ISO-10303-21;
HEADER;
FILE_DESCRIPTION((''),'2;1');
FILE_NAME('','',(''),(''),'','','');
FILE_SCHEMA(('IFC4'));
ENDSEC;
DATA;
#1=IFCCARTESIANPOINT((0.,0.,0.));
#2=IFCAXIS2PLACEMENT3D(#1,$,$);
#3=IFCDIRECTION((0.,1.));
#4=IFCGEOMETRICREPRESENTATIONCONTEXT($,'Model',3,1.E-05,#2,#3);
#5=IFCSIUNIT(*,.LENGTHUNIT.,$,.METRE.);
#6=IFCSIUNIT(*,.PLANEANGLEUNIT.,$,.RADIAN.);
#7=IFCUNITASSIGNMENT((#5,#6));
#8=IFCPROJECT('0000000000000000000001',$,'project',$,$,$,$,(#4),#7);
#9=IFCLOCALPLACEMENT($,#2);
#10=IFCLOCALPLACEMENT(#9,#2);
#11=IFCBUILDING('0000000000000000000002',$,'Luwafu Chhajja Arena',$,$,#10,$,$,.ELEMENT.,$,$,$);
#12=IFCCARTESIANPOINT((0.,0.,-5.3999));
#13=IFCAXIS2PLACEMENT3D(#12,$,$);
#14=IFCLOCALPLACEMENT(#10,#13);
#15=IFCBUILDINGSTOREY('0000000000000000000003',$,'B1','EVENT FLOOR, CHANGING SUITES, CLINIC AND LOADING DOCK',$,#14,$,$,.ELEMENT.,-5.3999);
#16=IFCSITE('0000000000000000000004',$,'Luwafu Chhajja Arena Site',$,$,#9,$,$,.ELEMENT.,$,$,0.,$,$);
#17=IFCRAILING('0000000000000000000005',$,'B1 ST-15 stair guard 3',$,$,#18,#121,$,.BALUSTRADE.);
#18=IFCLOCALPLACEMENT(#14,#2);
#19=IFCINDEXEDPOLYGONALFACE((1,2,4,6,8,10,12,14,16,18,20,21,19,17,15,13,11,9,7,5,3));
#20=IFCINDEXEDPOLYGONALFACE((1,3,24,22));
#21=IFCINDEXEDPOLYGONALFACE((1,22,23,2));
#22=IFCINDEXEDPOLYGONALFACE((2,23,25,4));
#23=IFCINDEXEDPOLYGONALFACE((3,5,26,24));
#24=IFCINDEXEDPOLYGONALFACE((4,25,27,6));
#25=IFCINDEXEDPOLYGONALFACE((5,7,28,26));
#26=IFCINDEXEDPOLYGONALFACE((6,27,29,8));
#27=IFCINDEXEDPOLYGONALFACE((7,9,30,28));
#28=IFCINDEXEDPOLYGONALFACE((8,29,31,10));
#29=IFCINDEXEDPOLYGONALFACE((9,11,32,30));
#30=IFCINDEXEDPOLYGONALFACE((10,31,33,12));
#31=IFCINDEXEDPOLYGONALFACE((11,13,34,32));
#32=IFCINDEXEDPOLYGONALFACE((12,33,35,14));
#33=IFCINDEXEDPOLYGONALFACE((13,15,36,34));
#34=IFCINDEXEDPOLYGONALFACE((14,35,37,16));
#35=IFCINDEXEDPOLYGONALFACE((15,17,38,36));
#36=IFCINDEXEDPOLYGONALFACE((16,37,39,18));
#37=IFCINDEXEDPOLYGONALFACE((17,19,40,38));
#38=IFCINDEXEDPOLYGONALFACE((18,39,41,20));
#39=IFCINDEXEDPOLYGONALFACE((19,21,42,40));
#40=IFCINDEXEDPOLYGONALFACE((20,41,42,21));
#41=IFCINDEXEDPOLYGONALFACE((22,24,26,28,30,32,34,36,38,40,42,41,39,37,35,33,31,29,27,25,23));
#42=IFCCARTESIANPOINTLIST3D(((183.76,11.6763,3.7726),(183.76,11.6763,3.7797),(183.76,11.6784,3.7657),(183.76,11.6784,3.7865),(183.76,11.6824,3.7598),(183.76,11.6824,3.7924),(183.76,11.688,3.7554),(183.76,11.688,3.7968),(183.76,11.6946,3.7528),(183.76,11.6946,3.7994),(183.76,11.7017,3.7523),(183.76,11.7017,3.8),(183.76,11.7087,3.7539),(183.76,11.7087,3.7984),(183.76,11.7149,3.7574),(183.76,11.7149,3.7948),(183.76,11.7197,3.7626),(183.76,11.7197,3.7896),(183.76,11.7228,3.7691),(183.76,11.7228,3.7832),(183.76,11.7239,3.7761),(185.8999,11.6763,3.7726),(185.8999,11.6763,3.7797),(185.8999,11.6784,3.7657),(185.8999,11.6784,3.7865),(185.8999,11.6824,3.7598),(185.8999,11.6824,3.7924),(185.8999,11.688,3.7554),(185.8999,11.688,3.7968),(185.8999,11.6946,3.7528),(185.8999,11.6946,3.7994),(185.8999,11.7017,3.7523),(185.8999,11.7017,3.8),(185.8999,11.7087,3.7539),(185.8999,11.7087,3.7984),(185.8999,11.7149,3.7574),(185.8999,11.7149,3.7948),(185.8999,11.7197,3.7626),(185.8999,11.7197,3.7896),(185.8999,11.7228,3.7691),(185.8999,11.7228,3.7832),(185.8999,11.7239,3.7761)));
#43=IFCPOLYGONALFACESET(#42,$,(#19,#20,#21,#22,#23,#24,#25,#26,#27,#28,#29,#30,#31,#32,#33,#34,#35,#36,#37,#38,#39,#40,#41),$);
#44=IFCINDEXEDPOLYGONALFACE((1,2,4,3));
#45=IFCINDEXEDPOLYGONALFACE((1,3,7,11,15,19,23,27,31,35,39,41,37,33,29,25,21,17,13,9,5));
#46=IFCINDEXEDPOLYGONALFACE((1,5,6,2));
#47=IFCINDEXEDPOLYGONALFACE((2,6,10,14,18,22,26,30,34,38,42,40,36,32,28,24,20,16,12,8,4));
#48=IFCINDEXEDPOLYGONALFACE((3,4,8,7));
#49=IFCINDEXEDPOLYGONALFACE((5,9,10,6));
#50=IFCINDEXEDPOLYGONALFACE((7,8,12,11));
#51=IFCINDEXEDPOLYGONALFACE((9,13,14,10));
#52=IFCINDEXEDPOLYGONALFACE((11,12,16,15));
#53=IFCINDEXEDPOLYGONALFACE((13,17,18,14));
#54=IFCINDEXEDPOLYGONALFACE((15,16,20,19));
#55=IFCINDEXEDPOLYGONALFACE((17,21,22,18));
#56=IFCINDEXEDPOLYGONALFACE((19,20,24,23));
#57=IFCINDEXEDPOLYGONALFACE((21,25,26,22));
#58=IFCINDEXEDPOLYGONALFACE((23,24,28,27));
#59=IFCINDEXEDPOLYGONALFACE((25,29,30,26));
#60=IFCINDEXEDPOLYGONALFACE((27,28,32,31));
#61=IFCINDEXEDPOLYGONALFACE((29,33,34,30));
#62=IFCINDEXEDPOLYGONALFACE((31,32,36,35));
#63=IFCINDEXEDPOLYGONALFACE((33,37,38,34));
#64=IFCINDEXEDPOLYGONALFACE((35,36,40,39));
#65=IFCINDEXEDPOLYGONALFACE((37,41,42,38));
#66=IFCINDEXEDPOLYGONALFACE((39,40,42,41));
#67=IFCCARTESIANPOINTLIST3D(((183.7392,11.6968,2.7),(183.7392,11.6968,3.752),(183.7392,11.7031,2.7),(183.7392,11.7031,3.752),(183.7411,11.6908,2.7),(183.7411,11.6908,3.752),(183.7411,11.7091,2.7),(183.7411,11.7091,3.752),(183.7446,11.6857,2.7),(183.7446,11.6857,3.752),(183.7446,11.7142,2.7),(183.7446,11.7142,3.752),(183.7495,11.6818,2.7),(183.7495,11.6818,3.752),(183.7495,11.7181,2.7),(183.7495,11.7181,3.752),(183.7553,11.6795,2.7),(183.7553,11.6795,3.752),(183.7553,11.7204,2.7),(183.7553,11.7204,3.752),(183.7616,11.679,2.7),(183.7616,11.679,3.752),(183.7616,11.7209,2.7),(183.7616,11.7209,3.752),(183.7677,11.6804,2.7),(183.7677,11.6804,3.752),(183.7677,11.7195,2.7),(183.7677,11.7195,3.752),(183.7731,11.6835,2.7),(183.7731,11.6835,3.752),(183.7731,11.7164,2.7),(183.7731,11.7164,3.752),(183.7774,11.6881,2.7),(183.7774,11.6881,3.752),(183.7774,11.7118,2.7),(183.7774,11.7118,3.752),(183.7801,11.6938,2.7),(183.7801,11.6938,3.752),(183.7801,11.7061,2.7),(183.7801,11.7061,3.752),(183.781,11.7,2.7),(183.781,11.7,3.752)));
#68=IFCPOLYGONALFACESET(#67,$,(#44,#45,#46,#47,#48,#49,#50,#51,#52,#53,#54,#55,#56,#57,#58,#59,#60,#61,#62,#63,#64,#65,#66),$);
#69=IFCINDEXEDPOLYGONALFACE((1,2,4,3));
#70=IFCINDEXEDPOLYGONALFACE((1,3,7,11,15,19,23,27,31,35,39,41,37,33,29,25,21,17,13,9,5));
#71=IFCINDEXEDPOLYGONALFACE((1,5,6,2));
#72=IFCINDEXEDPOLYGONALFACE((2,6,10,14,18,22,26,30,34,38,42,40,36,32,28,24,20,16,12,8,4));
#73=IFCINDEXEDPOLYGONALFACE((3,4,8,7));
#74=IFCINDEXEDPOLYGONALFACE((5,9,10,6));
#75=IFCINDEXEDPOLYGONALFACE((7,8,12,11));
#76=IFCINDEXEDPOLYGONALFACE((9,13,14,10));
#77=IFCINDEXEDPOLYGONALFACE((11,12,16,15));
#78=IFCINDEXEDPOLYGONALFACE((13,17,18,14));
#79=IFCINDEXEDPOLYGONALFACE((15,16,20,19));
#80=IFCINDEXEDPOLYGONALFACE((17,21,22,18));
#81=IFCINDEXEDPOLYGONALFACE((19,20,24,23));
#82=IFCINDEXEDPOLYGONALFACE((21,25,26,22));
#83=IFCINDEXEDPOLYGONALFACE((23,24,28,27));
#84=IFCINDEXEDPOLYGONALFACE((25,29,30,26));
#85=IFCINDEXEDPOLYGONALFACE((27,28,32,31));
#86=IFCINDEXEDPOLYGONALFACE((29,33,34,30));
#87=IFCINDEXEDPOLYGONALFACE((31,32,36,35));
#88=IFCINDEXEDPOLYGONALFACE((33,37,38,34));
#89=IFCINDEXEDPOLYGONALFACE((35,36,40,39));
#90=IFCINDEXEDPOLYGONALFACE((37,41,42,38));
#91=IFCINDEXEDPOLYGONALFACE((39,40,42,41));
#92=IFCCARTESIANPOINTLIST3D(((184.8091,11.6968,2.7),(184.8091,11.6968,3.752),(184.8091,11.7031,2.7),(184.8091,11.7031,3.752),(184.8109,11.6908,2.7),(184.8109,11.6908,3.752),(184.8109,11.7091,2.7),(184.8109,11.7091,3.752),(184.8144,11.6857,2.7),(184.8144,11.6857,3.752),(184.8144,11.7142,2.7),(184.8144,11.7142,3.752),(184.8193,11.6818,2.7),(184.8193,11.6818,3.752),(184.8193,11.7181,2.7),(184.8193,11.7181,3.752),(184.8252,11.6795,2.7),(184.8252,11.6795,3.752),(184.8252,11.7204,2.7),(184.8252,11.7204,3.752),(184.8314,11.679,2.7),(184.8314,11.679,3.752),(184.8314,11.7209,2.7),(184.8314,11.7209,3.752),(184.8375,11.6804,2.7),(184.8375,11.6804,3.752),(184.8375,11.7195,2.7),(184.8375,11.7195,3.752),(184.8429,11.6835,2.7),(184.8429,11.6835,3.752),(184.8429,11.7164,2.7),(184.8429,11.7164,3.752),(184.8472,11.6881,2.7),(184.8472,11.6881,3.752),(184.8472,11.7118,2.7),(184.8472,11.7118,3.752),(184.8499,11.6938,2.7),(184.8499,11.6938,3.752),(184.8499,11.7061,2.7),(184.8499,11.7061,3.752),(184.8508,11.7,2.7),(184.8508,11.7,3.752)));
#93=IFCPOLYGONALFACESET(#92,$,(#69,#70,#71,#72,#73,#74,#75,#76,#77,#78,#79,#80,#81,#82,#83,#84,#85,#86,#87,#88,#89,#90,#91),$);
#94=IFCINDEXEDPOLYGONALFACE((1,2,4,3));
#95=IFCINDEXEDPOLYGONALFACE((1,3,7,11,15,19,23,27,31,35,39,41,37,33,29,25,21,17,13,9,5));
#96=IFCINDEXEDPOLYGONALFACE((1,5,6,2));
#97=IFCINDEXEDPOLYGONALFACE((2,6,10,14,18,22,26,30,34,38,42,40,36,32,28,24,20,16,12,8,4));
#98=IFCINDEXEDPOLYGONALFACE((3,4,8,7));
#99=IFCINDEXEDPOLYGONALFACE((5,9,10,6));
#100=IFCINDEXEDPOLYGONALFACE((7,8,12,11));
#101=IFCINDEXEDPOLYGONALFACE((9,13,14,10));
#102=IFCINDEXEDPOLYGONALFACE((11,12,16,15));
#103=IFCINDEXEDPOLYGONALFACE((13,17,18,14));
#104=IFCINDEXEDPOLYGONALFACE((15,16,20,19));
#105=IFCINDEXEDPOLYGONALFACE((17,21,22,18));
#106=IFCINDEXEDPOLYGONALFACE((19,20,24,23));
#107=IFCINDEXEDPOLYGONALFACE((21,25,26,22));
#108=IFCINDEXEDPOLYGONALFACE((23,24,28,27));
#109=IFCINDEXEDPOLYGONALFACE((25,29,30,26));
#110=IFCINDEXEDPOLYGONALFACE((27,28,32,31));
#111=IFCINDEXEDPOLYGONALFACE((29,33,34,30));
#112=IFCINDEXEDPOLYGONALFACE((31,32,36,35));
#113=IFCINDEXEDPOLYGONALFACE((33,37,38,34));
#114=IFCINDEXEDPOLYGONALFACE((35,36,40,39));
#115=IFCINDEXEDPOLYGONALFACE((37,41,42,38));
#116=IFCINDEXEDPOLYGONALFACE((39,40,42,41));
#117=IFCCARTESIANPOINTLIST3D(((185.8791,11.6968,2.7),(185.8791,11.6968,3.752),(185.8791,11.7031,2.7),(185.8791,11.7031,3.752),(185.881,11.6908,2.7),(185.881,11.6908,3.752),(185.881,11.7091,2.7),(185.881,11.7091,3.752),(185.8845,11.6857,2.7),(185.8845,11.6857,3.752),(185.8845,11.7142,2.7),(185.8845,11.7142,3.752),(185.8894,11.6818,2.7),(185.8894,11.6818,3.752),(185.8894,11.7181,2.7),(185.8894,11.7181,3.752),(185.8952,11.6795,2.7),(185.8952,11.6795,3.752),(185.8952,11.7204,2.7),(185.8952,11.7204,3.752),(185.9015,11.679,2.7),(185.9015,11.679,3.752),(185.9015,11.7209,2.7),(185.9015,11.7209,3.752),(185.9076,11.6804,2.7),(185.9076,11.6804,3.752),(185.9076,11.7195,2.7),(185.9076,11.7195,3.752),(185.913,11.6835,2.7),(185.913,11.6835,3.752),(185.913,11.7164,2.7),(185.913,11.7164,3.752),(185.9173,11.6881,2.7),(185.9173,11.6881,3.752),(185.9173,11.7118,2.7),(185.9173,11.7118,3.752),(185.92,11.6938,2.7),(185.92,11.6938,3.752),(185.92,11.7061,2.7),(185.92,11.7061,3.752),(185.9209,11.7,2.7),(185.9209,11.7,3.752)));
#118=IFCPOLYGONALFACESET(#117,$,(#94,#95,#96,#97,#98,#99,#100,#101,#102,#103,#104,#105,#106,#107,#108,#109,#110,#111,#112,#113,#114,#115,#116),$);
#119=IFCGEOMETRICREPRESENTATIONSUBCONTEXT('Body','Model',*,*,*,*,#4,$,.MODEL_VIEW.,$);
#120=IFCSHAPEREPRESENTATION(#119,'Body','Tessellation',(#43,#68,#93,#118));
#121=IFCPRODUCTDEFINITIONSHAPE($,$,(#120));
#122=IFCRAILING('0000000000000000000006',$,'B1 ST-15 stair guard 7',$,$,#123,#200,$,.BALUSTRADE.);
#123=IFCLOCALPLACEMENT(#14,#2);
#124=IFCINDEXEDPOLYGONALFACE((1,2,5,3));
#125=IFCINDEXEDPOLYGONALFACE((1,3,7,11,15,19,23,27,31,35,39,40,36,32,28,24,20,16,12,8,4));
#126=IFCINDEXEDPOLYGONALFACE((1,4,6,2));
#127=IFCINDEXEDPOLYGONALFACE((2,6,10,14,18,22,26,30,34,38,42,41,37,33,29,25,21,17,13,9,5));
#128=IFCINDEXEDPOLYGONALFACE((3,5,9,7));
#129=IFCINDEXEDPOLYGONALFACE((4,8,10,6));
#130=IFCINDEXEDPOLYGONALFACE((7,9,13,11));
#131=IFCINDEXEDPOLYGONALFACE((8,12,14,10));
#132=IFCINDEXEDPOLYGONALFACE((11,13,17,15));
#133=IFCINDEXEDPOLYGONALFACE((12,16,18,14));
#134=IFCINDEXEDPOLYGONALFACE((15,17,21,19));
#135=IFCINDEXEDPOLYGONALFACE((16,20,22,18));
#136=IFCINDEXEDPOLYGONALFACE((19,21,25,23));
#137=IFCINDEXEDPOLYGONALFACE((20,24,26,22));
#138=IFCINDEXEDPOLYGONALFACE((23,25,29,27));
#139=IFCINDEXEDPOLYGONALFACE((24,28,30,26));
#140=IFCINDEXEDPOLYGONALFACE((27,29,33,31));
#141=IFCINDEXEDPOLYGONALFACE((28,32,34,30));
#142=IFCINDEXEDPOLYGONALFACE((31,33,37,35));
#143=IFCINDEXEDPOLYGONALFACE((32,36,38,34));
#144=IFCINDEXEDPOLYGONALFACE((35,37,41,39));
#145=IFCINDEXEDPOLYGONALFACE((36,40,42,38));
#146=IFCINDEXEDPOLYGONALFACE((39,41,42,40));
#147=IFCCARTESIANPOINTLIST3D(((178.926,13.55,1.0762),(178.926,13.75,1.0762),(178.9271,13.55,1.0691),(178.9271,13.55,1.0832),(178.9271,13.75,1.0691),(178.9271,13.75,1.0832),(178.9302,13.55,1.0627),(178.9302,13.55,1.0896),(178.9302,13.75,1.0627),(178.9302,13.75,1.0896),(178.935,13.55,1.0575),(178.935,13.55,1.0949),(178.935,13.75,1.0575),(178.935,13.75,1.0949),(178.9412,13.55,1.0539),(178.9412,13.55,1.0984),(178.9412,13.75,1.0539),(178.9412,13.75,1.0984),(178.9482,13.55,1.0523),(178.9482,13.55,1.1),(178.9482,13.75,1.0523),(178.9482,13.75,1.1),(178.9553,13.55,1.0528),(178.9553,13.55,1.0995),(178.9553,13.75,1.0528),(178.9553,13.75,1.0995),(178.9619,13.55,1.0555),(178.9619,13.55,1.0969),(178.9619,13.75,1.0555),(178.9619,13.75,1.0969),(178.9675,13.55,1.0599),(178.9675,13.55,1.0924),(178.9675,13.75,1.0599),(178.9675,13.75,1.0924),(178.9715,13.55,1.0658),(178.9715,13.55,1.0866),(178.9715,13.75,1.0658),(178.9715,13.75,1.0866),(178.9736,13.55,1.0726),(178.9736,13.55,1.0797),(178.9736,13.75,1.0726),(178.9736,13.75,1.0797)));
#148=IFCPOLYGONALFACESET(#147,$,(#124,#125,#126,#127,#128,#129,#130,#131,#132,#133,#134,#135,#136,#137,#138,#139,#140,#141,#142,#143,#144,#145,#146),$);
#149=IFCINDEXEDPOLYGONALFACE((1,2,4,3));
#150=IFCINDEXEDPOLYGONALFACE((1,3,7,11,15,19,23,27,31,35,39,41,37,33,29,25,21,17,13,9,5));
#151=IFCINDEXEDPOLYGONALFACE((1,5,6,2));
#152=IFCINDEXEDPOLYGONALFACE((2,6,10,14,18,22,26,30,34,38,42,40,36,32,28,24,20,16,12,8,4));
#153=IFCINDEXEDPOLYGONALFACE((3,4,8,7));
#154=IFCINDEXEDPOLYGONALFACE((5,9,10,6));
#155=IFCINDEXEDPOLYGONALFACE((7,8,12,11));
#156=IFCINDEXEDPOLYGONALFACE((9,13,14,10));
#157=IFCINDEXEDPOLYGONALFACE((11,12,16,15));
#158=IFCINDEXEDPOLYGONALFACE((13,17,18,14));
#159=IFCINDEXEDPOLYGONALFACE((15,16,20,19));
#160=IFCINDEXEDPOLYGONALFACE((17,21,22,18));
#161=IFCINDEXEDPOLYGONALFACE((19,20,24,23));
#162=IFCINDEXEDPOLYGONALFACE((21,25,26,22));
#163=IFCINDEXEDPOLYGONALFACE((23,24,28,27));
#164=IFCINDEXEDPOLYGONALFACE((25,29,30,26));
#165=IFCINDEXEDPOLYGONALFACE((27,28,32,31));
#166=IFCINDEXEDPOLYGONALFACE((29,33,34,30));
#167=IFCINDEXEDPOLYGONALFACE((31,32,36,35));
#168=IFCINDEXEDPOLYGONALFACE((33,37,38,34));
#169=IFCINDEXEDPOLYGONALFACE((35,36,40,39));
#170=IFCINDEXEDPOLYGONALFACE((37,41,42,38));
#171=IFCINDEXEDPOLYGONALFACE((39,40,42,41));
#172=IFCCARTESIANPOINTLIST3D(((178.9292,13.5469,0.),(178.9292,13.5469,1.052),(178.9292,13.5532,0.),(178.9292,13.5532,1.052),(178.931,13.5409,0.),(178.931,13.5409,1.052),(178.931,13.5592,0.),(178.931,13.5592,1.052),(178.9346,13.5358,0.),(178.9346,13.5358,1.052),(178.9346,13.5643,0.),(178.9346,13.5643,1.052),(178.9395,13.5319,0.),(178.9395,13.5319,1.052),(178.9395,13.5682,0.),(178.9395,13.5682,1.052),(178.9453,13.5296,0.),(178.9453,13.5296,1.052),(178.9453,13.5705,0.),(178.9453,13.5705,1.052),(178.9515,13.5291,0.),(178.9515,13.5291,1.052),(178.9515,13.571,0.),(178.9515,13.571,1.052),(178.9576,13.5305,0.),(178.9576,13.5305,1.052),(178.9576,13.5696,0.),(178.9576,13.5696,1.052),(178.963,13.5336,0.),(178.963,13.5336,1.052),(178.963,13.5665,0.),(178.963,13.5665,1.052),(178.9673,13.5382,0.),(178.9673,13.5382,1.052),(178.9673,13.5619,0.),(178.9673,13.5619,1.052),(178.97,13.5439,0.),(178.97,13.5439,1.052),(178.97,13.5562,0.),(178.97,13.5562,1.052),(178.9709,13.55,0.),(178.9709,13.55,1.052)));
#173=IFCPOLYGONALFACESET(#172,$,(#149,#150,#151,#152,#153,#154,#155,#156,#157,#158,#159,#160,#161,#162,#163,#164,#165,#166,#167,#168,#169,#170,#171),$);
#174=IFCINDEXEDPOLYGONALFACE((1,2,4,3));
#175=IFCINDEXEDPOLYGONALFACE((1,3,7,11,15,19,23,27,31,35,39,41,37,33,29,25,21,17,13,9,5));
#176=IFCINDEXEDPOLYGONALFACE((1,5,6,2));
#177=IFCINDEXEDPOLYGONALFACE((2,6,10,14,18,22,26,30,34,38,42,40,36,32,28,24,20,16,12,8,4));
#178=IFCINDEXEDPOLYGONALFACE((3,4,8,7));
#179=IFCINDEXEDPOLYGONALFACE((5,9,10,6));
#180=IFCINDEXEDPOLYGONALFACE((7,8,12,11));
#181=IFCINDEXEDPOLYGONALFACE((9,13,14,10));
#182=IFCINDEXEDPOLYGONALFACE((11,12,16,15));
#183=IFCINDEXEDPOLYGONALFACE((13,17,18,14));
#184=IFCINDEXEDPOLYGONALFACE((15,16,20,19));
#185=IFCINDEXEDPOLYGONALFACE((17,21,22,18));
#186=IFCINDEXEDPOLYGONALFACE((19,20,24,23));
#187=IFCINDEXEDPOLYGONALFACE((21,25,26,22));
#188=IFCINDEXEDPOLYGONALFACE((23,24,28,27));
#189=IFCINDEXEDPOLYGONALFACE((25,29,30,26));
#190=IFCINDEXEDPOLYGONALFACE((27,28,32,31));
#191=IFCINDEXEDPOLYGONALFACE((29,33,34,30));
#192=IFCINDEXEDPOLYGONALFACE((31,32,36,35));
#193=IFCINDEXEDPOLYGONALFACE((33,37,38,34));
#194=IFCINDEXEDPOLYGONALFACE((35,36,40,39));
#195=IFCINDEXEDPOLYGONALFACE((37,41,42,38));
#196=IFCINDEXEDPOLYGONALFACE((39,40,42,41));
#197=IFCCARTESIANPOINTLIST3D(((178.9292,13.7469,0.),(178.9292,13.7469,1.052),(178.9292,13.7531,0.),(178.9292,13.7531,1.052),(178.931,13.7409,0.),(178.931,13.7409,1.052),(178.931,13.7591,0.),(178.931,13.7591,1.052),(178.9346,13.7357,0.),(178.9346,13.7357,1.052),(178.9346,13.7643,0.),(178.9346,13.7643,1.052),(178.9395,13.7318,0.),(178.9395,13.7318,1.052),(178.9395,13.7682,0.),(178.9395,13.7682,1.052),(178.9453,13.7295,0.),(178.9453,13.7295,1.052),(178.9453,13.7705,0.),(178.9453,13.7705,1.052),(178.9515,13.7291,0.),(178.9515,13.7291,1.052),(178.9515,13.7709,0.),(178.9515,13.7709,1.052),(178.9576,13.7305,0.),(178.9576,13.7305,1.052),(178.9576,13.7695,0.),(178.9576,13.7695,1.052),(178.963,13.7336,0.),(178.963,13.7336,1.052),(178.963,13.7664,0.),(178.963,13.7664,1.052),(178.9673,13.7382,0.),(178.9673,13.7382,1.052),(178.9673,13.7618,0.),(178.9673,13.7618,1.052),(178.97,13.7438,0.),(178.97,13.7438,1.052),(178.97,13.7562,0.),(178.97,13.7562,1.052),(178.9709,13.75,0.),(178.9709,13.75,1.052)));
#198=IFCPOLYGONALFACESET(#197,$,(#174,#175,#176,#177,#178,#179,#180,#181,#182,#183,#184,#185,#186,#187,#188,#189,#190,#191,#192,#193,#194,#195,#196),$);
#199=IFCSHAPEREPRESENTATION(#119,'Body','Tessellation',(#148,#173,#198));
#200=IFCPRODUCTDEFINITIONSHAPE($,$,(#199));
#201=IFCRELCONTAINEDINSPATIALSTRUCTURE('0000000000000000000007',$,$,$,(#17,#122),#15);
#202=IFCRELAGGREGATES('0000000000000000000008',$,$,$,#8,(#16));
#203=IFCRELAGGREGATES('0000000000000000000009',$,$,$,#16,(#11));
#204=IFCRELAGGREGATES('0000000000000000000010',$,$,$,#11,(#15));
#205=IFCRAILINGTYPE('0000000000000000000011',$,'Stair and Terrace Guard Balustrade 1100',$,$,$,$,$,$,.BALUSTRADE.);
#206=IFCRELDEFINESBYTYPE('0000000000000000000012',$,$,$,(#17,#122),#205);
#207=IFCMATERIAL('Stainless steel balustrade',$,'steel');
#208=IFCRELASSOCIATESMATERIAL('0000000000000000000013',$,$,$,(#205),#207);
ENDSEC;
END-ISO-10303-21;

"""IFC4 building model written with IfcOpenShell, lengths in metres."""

from ifc_helpers import new_model, si_unit, direction, frame, origin, origin_2d, place, context, subcontext, project, spatial, circle, extrude, material, type_object, element, save


model = new_model("IFC4")

# Units and contexts
model_context = context("Model", 3, precision=1e-05, world=origin(), true_north=direction((0.0, 1.0)))
body_context = subcontext(model_context, "Body", "Model", "MODEL_VIEW")
ifc_project = project(units=[si_unit("LENGTHUNIT", "METRE"), si_unit("PLANEANGLEUNIT", "RADIAN")], contexts=[model_context])

# Site, building, storey
site_placement = place(None, origin())
site = spatial("IfcSite", under=ifc_project, at=site_placement, Name="Luwafu Chhajja Arena Site", CompositionType="ELEMENT", RefElevation=0.0)
building_placement = place(site_placement, origin())
building = spatial("IfcBuilding", under=site, at=building_placement, Name="Luwafu Chhajja Arena", CompositionType="ELEMENT")
storey_placement = place(building_placement, frame((0.0, 0.0, -5.3999)))
storey = spatial("IfcBuildingStorey", under=building, at=storey_placement, Name="B1", Description="EVENT FLOOR, CHANGING SUITES, CLINIC AND LOADING DOCK", CompositionType="ELEMENT", Elevation=-5.3999)

# Railings
ifc_material_1 = material(Name="Stainless steel balustrade", Category="steel")
railing_type_1 = type_object("IfcRailingType", Name="Stair and Terrace Guard Balustrade 1100", PredefinedType="BALUSTRADE", material=ifc_material_1)
railing_1_placement = place(storey_placement, frame((183.76, 11.7, 2.7)))
element("IfcRailing", 1, at=railing_1_placement, inside=storey, type_object=railing_type_1, Name="B1 ST-15 stair guard 3", PredefinedType="BALUSTRADE", context=body_context, shape_type="SweptSolid", body=[
    extrude(circle(Radius=0.0239, at=origin_2d()), frame((0.0, 0.0, 1.0762), z_axis=(1.0, 0.0, 0.0), x_axis=(0.0, 1.0, 0.0)), (0.0, 0.0, 1.0), 2.1399),
    extrude(circle(Radius=0.021, at=origin_2d()), origin(), (0.0, 0.0, 1.0), 1.052),
    extrude(circle(Radius=0.021, at=origin_2d()), frame((1.0698, 0.0, 0.0)), (0.0, 0.0, 1.0), 1.052),
    extrude(circle(Radius=0.021, at=origin_2d()), frame((2.1399, 0.0, 0.0)), (0.0, 0.0, 1.0), 1.052),
])
railing_2_placement = place(storey_placement, frame((178.95, 13.55, 0.0)))
element("IfcRailing", 2, at=railing_2_placement, inside=storey, type_object=railing_type_1, Name="B1 ST-15 stair guard 7", PredefinedType="BALUSTRADE", context=body_context, shape_type="SweptSolid", body=[
    extrude(circle(Radius=0.0239, at=origin_2d()), frame((0.0, 0.0, 1.0762), z_axis=(0.0, 1.0, 0.0), x_axis=(-1.0, 0.0, 0.0)), (0.0, 0.0, 1.0), 0.2),
    extrude(circle(Radius=0.021, at=origin_2d()), origin(), (0.0, 0.0, 1.0), 1.052),
    extrude(circle(Radius=0.021, at=origin_2d()), frame((0.0, 0.2, 0.0)), (0.0, 0.0, 1.0), 1.052),
])

save(model, "model.ifc")
